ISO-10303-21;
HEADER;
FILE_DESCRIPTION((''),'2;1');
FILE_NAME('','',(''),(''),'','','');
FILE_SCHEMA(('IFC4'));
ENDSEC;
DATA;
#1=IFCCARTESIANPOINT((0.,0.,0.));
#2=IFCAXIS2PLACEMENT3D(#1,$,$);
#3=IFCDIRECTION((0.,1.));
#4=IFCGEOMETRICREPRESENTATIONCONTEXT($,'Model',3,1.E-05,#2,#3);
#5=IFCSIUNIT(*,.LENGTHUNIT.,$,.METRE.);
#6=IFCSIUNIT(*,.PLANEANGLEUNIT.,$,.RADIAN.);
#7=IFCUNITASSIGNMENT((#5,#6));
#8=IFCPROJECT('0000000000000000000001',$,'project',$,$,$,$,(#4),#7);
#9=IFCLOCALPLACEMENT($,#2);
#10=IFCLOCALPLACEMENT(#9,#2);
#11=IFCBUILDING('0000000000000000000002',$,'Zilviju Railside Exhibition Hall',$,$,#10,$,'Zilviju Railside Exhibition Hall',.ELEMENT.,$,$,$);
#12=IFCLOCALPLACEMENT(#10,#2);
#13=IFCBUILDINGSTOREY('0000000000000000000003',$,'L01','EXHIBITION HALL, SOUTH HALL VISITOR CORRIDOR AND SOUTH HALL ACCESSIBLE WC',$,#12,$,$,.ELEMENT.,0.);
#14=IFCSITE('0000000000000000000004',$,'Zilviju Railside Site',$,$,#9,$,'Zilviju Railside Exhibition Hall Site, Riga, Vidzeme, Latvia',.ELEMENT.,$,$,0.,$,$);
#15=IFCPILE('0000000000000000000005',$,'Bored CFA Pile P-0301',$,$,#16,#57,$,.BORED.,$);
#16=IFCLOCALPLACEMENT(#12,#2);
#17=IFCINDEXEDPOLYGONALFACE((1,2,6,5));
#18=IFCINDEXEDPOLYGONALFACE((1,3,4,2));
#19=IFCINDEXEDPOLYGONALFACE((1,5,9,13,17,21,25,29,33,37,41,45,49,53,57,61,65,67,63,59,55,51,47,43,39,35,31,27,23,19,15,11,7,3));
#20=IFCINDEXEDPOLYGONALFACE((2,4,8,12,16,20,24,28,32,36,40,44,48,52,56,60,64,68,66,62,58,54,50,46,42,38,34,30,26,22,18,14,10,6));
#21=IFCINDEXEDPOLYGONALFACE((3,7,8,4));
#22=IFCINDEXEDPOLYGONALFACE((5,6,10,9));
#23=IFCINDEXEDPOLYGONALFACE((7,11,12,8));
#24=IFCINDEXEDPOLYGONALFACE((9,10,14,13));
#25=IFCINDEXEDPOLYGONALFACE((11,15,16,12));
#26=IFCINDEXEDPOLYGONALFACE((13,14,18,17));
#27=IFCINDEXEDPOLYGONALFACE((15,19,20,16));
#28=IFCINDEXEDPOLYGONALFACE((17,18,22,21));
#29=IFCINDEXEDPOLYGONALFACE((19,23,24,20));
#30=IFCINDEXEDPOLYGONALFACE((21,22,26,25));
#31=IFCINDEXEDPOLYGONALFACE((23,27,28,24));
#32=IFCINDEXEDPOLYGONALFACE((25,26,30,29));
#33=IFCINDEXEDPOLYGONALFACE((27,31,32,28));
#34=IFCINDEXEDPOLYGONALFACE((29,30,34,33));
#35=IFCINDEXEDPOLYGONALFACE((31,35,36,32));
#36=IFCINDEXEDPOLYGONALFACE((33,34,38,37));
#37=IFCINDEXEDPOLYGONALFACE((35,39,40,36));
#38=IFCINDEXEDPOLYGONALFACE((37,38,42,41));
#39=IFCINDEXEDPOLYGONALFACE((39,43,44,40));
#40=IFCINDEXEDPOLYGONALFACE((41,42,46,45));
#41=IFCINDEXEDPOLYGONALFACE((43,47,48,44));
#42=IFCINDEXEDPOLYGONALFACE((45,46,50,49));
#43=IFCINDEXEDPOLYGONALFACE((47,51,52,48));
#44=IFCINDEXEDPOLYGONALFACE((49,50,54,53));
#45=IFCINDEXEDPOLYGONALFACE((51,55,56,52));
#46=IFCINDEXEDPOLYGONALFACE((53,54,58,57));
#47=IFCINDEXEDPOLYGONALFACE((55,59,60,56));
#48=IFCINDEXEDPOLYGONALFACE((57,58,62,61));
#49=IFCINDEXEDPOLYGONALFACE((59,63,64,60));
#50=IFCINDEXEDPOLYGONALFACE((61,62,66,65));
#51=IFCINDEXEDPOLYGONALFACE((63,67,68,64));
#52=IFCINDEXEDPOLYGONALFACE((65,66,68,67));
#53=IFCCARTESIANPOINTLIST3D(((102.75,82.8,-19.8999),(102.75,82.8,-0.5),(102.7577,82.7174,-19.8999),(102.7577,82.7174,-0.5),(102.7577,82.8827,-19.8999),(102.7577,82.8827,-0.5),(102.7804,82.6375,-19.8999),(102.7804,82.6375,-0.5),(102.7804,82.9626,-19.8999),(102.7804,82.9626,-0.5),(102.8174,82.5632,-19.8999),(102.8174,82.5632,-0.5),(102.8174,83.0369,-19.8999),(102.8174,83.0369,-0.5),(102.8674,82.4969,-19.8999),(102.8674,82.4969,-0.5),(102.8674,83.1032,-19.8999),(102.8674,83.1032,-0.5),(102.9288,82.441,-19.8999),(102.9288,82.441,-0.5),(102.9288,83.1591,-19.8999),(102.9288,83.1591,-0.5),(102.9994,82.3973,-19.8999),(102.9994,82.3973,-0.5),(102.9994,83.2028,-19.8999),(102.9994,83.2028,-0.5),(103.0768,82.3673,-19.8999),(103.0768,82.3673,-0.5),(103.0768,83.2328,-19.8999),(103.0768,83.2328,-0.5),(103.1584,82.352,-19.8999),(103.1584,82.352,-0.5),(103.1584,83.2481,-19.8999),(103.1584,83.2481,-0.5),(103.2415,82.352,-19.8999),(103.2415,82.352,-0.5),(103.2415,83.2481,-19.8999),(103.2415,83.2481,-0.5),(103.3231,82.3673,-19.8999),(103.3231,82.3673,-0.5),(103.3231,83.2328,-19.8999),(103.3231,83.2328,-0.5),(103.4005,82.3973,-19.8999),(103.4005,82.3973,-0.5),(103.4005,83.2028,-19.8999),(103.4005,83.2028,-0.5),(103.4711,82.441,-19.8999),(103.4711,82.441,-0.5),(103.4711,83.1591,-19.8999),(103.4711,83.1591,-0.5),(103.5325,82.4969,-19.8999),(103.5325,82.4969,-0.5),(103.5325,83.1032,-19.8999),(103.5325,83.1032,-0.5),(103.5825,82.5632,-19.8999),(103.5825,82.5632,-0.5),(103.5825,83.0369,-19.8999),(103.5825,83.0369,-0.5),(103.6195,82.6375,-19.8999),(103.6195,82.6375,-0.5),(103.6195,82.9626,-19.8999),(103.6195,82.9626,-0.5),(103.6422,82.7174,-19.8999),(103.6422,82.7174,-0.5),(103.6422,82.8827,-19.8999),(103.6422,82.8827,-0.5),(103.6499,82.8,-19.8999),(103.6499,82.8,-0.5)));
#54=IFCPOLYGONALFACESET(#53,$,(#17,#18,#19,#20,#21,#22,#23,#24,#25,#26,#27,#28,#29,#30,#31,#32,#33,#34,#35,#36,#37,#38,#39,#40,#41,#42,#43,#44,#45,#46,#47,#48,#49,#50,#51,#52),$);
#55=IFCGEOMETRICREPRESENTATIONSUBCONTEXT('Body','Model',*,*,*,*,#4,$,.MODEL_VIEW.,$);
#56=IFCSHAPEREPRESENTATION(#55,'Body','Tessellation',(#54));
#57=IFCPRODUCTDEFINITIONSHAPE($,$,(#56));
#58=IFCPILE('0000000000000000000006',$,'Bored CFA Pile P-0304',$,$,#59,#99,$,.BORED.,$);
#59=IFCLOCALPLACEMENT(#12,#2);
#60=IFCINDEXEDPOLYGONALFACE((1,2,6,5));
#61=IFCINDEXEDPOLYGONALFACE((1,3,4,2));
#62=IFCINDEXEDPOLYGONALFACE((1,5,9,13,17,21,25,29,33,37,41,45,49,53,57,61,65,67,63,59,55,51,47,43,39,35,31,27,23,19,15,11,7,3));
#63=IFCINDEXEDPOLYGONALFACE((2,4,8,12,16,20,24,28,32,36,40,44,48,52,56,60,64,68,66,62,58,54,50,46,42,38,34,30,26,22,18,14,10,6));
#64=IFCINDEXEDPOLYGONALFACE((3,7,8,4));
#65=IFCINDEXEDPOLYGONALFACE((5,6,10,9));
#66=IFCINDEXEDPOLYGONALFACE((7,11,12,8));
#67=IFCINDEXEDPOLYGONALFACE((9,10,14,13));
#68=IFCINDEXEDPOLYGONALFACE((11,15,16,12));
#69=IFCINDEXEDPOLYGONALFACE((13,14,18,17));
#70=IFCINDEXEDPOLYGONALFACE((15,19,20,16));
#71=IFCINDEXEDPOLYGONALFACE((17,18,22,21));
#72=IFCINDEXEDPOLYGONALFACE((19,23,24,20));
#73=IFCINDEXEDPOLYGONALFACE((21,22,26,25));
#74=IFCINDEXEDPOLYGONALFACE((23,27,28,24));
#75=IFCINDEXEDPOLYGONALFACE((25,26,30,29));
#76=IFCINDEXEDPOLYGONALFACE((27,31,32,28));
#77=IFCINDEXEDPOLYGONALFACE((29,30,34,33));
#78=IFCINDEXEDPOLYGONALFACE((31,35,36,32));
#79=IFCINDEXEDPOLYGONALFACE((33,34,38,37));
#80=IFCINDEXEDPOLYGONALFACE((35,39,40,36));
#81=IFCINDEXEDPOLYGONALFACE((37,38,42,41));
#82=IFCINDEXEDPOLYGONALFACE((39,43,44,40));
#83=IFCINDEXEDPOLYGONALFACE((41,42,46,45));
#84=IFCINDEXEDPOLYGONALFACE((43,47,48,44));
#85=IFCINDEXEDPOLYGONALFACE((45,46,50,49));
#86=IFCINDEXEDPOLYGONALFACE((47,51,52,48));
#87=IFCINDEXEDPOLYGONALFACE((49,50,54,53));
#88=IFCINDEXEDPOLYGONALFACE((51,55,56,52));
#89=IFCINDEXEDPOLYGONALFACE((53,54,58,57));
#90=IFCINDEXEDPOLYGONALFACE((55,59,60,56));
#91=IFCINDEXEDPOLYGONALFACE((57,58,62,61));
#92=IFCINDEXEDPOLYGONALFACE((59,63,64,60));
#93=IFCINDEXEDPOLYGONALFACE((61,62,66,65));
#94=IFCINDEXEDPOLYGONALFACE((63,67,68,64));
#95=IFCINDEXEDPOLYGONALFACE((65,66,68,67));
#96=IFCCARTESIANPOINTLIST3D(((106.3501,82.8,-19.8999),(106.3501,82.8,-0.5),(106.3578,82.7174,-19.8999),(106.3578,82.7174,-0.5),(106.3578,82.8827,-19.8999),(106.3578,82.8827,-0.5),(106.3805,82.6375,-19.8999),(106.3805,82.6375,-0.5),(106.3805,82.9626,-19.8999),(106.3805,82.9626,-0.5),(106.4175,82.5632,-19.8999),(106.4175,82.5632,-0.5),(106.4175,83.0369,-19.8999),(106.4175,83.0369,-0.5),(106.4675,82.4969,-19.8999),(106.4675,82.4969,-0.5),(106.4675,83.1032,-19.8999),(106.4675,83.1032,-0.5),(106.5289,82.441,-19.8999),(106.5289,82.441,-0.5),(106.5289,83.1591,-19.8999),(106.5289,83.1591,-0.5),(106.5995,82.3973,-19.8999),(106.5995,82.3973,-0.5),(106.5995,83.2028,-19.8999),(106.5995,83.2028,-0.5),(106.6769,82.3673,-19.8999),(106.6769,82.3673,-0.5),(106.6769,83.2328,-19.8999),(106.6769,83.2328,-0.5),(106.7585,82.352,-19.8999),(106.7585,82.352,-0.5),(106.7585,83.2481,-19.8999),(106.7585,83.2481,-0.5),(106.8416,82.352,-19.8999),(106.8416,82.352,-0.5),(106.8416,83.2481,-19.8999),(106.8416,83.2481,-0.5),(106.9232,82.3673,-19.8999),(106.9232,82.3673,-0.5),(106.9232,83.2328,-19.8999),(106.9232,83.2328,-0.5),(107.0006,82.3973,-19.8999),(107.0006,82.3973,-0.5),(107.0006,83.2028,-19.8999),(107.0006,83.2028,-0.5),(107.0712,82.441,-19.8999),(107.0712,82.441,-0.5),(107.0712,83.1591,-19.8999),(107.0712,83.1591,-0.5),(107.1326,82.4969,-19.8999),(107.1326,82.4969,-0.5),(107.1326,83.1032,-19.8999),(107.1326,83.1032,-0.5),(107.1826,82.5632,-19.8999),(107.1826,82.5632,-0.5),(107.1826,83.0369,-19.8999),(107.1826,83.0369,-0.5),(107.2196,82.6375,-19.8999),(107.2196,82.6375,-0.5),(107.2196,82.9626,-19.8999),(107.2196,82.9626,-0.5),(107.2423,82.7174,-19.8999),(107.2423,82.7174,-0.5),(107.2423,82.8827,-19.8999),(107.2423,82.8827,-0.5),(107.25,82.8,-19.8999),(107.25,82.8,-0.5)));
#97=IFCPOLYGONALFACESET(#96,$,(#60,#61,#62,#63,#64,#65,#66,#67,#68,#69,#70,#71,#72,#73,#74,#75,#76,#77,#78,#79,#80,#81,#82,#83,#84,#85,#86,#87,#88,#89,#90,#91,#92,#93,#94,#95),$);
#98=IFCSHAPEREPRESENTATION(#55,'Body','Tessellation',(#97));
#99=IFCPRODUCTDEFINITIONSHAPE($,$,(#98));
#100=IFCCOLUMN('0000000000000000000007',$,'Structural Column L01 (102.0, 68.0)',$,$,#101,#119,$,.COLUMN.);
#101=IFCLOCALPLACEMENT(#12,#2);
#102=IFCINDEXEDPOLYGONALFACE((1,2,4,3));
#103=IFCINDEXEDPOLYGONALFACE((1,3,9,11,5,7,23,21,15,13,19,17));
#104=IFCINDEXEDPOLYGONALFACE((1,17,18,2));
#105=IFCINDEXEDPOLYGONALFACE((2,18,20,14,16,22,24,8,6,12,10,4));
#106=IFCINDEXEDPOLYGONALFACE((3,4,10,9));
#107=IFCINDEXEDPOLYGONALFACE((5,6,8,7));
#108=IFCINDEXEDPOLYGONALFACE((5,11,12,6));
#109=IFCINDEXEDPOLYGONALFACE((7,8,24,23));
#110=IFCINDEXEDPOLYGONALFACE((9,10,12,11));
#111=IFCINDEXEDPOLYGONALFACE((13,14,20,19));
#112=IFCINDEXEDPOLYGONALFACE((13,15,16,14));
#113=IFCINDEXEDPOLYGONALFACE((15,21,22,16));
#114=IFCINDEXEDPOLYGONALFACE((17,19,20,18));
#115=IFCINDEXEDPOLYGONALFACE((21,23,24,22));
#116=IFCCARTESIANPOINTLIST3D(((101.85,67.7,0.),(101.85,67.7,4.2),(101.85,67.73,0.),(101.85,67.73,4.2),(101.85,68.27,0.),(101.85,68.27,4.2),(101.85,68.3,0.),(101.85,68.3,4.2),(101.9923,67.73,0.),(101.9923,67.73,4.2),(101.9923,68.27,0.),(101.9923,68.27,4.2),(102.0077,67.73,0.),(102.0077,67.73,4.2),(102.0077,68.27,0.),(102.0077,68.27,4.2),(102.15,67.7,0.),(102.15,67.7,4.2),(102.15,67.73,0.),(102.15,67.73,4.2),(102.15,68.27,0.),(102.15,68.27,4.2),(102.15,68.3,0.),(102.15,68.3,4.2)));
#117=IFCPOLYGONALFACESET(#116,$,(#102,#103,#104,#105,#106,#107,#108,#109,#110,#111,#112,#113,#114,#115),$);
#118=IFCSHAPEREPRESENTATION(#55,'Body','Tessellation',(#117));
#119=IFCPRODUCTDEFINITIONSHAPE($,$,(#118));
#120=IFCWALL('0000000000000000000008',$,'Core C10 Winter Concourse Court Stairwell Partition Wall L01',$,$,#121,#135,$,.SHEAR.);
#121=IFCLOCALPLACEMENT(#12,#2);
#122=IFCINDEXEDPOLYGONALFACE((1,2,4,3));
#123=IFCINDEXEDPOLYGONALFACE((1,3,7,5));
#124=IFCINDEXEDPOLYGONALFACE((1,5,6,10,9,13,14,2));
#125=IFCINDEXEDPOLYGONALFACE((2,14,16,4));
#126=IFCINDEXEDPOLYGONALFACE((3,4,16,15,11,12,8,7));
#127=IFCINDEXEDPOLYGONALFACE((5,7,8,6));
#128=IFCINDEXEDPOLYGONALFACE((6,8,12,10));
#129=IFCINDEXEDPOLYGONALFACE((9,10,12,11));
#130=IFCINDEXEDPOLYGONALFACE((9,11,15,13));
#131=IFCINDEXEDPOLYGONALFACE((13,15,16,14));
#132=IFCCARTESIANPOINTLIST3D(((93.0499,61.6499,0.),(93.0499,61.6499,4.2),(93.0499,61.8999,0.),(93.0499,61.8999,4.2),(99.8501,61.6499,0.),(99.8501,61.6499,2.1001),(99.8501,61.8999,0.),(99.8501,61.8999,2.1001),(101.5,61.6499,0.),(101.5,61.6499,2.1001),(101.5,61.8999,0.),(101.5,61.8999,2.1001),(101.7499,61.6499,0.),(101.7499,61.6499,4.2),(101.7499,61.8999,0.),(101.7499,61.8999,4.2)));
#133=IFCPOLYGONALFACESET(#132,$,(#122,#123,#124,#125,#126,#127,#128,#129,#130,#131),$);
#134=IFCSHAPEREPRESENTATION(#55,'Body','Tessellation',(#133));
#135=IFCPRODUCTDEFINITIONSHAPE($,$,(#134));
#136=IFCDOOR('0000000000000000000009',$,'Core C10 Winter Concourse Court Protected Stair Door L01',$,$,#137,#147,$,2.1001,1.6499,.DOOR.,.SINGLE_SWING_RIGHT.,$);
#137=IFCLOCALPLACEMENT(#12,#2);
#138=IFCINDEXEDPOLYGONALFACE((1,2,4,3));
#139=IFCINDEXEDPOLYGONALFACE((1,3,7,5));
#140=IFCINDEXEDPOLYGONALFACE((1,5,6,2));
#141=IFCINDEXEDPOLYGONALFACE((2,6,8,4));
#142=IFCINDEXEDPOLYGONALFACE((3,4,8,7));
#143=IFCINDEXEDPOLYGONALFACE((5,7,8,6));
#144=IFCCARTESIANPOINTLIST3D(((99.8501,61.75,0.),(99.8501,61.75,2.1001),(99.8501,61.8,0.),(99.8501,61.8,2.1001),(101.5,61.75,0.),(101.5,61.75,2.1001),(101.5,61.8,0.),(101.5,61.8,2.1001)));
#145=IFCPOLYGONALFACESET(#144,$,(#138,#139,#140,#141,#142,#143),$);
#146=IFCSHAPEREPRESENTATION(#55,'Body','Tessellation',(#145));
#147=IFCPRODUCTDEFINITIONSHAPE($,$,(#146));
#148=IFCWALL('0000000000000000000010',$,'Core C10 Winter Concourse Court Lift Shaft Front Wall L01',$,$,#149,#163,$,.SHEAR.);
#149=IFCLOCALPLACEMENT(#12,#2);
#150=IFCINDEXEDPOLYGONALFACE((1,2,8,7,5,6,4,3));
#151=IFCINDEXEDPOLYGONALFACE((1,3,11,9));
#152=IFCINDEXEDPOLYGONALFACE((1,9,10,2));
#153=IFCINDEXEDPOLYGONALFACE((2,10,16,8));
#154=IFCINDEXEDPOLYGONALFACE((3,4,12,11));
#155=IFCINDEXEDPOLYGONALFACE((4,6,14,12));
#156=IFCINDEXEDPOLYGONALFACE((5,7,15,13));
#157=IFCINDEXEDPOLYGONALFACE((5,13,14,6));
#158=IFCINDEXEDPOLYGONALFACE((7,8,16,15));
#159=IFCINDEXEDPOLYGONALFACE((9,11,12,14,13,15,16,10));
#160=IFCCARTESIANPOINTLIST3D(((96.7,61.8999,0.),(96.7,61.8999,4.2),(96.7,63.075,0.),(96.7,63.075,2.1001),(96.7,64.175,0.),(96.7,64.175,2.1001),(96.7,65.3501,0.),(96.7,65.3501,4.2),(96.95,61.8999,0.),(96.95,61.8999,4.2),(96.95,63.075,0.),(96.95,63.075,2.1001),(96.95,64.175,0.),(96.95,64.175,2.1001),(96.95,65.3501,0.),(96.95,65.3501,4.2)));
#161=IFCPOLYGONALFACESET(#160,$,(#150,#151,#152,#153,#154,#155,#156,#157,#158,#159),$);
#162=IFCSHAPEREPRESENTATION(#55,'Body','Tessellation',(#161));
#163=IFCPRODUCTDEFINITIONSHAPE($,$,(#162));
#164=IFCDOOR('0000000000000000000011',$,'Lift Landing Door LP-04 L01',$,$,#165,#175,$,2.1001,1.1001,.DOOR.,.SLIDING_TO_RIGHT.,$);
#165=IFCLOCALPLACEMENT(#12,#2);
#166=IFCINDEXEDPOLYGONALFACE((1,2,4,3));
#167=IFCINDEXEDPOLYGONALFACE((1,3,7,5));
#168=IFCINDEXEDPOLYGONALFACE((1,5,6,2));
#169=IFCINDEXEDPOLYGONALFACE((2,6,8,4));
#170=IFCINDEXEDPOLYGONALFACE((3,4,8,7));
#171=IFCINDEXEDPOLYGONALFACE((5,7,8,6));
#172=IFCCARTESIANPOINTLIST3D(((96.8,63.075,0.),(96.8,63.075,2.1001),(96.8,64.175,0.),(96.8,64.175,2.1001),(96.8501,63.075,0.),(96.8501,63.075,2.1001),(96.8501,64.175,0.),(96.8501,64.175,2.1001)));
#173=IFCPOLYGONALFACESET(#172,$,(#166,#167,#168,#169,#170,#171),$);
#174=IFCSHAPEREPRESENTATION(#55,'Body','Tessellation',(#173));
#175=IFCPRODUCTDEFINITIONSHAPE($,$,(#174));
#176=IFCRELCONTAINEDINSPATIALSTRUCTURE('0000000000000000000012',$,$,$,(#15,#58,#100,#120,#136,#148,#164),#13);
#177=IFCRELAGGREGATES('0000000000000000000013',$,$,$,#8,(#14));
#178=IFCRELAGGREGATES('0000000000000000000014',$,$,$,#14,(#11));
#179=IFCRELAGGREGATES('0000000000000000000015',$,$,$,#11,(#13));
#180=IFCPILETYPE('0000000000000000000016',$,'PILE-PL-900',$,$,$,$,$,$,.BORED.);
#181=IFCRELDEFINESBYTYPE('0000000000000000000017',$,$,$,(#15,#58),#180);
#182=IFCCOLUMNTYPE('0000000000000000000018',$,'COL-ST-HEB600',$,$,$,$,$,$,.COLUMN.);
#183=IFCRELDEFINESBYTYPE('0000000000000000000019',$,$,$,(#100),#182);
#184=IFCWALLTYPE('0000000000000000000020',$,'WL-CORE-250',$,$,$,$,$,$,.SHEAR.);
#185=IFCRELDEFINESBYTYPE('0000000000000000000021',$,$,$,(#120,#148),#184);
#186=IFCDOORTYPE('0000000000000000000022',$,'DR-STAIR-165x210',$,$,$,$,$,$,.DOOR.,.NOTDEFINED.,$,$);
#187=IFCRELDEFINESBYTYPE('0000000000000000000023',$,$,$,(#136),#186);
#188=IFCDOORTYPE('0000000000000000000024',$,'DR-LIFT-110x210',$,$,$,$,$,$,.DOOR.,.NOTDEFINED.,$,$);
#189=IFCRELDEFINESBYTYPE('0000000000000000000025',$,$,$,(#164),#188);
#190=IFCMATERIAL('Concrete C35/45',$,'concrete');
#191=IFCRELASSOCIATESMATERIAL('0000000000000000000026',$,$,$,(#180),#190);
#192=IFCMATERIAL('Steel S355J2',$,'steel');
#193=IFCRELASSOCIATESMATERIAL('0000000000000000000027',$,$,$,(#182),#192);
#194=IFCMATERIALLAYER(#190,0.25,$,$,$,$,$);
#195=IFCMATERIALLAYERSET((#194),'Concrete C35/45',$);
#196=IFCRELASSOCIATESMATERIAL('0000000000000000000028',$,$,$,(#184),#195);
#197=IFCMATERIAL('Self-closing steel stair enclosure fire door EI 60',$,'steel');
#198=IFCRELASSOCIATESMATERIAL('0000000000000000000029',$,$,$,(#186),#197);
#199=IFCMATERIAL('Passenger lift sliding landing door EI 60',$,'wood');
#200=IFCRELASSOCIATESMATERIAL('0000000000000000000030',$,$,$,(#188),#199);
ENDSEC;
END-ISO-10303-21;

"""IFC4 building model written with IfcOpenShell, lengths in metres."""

from ifc_helpers import new_model, si_unit, direction, frame, frame_2d, origin, origin_2d, place, context, subcontext, project, spatial, rectangle, circle, i_section, extrude, material, layer, layer_set, material_profile, profile_set, type_object, element, fill, save


model = new_model("IFC4")

# Units and contexts
model_context = context("Model", 3, precision=1e-05, world=origin(), true_north=direction((0.0, 1.0)))
body_context = subcontext(model_context, "Body", "Model", "MODEL_VIEW")
ifc_project = project(units=[si_unit("LENGTHUNIT", "METRE"), si_unit("PLANEANGLEUNIT", "RADIAN")], contexts=[model_context])

# Site, building, storey
site_placement = place(None, origin())
site = spatial("IfcSite", under=ifc_project, at=site_placement, Name="Zilviju Railside Site", LongName="Zilviju Railside Exhibition Hall Site, Riga, Vidzeme, Latvia", CompositionType="ELEMENT", RefElevation=0.0)
building_placement = place(site_placement, origin())
building = spatial("IfcBuilding", under=site, at=building_placement, Name="Zilviju Railside Exhibition Hall", LongName="Zilviju Railside Exhibition Hall", CompositionType="ELEMENT")
storey_placement = place(building_placement, origin())
storey = spatial("IfcBuildingStorey", under=building, at=storey_placement, Name="L01", Description="EXHIBITION HALL, SOUTH HALL VISITOR CORRIDOR AND SOUTH HALL ACCESSIBLE WC", CompositionType="ELEMENT", Elevation=0.0)

# Shared definitions
ifc_material_1 = material(Name="Concrete C35/45", Category="concrete")

# Piles
ifc_material_profile_1 = material_profile(ifc_material_1, circle(Radius=0.45, at=origin_2d()), Name="CFA PILE D900")
ifc_profile_set_1 = profile_set([ifc_material_profile_1], Name="Concrete C35/45")
pile_type_1 = type_object("IfcPileType", Name="PILE-PL-900", PredefinedType="BORED", material=ifc_profile_set_1)
for number, where, z_axis, x_axis, name in (
    (1, (103.2, 82.8, -0.5), (0.0, 0.0, -1.0), (1.0, 0.0, 0.0), "Bored CFA Pile P-0301"),
    (2, (106.8, 82.8, -0.5), (0.0, 0.0, -1.0), (1.0, 0.0, 0.0), "Bored CFA Pile P-0304"),
):
    element("IfcPile", number, at=place(storey_placement, frame(where, z_axis=z_axis, x_axis=x_axis)), inside=storey, type_object=pile_type_1, Name=name, PredefinedType="BORED", context=body_context, shape_type="SweptSolid", body=[
        extrude(circle(Radius=0.45, at=origin_2d()), origin(), (0.0, 0.0, 1.0), 19.3999),
    ])

# Column
ifc_material_2 = material(Name="Steel S355J2", Category="steel")
ifc_material_profile_2 = material_profile(ifc_material_2, i_section(OverallWidth=0.3, OverallDepth=0.6001, WebThickness=0.0154, FlangeThickness=0.03, at=origin_2d()), Name="HEB 600")
ifc_profile_set_2 = profile_set([ifc_material_profile_2], Name="Steel S355J2")
column_type = type_object("IfcColumnType", Name="COL-ST-HEB600", PredefinedType="COLUMN", material=ifc_profile_set_2)
column_placement = place(storey_placement, frame((102.0, 68.0, 0.0), z_axis=(0.0, 0.0, 1.0), x_axis=(1.0, 0.0, 0.0)))
element("IfcColumn", 3, at=column_placement, inside=storey, type_object=column_type, Name="Structural Column L01 (102.0, 68.0)", PredefinedType="COLUMN", context=body_context, shape_type="SweptSolid", body=[
    extrude(i_section(OverallWidth=0.3, OverallDepth=0.6001, WebThickness=0.0154, FlangeThickness=0.03, at=origin_2d()), origin(), (0.0, 0.0, 1.0), 4.2),
])

# Walls, openings, doors
ifc_layer_1 = layer(ifc_material_1, 0.25)
ifc_layer_set_1 = layer_set([ifc_layer_1], Name="Concrete C35/45")
wall_type_1 = type_object("IfcWallType", Name="WL-CORE-250", PredefinedType="SHEAR", material=ifc_layer_set_1)
wall_1_placement = place(storey_placement, frame((101.75, 61.7749, 0.0), z_axis=(0.0, 0.0, 1.0), x_axis=(-1.0, 0.0, 0.0)))
wall_1 = element("IfcWall", 4, at=wall_1_placement, inside=storey, type_object=wall_type_1, Name="Core C10 Winter Concourse Court Stairwell Partition Wall L01", PredefinedType="SHEAR", context=body_context, shape_type="SweptSolid", body=[
    extrude(rectangle(XDim=8.7, YDim=0.25, at=frame_2d((4.3501, 0.0))), origin(), (0.0, 0.0, 1.0), 4.2),
])
opening_1_placement = place(wall_1_placement, frame((0.25, 0.0, 0.0)))
opening_1 = element("IfcOpeningElement", 5, at=opening_1_placement, cuts=wall_1, PredefinedType="OPENING", context=body_context, shape_type="SweptSolid", body=[
    extrude(rectangle(XDim=1.6499, YDim=2.1001, at=frame_2d((0.825, 1.05))), frame((0.0, 0.135, 0.0), z_axis=(0.0, -1.0, 0.0), x_axis=(1.0, 0.0, 0.0)), (0.0, 0.0, 1.0), 0.27),
])
ifc_material_3 = material(Name="Self-closing steel stair enclosure fire door EI 60", Category="steel")
door_type_1 = type_object("IfcDoorType", Name="DR-STAIR-165x210", OperationType="NOTDEFINED", PredefinedType="DOOR", material=ifc_material_3)
door_1_placement = place(opening_1_placement, origin())
door_1 = element("IfcDoor", 6, at=door_1_placement, inside=storey, type_object=door_type_1, Name="Core C10 Winter Concourse Court Protected Stair Door L01", OperationType="SINGLE_SWING_RIGHT", OverallHeight=2.1001, OverallWidth=1.6499, PredefinedType="DOOR", context=body_context, shape_type="SweptSolid", body=[
    extrude(rectangle(XDim=1.6499, YDim=2.1001, at=frame_2d((0.825, 1.05))), frame((0.0, 0.0249, 0.0), z_axis=(0.0, -1.0, 0.0), x_axis=(1.0, 0.0, 0.0)), (0.0, 0.0, 1.0), 0.05),
])
fill(opening_1, door_1)
wall_2_placement = place(storey_placement, frame((96.825, 61.8999, 0.0), z_axis=(0.0, 0.0, 1.0), x_axis=(0.0, 1.0, 0.0)))
wall_2 = element("IfcWall", 7, at=wall_2_placement, inside=storey, type_object=wall_type_1, Name="Core C10 Winter Concourse Court Lift Shaft Front Wall L01", PredefinedType="SHEAR", context=body_context, shape_type="SweptSolid", body=[
    extrude(rectangle(XDim=3.4502, YDim=0.25, at=frame_2d((1.7251, 0.0))), origin(), (0.0, 0.0, 1.0), 4.2),
])
opening_2_placement = place(wall_2_placement, frame((1.175, 0.0, 0.0)))
opening_2 = element("IfcOpeningElement", 8, at=opening_2_placement, cuts=wall_2, PredefinedType="OPENING", context=body_context, shape_type="SweptSolid", body=[
    extrude(rectangle(XDim=1.1001, YDim=2.1001, at=frame_2d((0.55, 1.05))), frame((0.0, 0.135, 0.0), z_axis=(0.0, -1.0, 0.0), x_axis=(1.0, 0.0, 0.0)), (0.0, 0.0, 1.0), 0.27),
])
ifc_material_4 = material(Name="Passenger lift sliding landing door EI 60", Category="wood")
door_type_2 = type_object("IfcDoorType", Name="DR-LIFT-110x210", OperationType="NOTDEFINED", PredefinedType="DOOR", material=ifc_material_4)
door_2_placement = place(opening_2_placement, origin())
door_2 = element("IfcDoor", 9, at=door_2_placement, inside=storey, type_object=door_type_2, Name="Lift Landing Door LP-04 L01", OperationType="SLIDING_TO_RIGHT", OverallHeight=2.1001, OverallWidth=1.1001, PredefinedType="DOOR", context=body_context, shape_type="SweptSolid", body=[
    extrude(rectangle(XDim=1.1001, YDim=2.1001, at=frame_2d((0.55, 1.05))), frame((0.0, 0.0249, 0.0), z_axis=(0.0, -1.0, 0.0), x_axis=(1.0, 0.0, 0.0)), (0.0, 0.0, 1.0), 0.05),
])
fill(opening_2, door_2)

save(model, "model.ifc")
